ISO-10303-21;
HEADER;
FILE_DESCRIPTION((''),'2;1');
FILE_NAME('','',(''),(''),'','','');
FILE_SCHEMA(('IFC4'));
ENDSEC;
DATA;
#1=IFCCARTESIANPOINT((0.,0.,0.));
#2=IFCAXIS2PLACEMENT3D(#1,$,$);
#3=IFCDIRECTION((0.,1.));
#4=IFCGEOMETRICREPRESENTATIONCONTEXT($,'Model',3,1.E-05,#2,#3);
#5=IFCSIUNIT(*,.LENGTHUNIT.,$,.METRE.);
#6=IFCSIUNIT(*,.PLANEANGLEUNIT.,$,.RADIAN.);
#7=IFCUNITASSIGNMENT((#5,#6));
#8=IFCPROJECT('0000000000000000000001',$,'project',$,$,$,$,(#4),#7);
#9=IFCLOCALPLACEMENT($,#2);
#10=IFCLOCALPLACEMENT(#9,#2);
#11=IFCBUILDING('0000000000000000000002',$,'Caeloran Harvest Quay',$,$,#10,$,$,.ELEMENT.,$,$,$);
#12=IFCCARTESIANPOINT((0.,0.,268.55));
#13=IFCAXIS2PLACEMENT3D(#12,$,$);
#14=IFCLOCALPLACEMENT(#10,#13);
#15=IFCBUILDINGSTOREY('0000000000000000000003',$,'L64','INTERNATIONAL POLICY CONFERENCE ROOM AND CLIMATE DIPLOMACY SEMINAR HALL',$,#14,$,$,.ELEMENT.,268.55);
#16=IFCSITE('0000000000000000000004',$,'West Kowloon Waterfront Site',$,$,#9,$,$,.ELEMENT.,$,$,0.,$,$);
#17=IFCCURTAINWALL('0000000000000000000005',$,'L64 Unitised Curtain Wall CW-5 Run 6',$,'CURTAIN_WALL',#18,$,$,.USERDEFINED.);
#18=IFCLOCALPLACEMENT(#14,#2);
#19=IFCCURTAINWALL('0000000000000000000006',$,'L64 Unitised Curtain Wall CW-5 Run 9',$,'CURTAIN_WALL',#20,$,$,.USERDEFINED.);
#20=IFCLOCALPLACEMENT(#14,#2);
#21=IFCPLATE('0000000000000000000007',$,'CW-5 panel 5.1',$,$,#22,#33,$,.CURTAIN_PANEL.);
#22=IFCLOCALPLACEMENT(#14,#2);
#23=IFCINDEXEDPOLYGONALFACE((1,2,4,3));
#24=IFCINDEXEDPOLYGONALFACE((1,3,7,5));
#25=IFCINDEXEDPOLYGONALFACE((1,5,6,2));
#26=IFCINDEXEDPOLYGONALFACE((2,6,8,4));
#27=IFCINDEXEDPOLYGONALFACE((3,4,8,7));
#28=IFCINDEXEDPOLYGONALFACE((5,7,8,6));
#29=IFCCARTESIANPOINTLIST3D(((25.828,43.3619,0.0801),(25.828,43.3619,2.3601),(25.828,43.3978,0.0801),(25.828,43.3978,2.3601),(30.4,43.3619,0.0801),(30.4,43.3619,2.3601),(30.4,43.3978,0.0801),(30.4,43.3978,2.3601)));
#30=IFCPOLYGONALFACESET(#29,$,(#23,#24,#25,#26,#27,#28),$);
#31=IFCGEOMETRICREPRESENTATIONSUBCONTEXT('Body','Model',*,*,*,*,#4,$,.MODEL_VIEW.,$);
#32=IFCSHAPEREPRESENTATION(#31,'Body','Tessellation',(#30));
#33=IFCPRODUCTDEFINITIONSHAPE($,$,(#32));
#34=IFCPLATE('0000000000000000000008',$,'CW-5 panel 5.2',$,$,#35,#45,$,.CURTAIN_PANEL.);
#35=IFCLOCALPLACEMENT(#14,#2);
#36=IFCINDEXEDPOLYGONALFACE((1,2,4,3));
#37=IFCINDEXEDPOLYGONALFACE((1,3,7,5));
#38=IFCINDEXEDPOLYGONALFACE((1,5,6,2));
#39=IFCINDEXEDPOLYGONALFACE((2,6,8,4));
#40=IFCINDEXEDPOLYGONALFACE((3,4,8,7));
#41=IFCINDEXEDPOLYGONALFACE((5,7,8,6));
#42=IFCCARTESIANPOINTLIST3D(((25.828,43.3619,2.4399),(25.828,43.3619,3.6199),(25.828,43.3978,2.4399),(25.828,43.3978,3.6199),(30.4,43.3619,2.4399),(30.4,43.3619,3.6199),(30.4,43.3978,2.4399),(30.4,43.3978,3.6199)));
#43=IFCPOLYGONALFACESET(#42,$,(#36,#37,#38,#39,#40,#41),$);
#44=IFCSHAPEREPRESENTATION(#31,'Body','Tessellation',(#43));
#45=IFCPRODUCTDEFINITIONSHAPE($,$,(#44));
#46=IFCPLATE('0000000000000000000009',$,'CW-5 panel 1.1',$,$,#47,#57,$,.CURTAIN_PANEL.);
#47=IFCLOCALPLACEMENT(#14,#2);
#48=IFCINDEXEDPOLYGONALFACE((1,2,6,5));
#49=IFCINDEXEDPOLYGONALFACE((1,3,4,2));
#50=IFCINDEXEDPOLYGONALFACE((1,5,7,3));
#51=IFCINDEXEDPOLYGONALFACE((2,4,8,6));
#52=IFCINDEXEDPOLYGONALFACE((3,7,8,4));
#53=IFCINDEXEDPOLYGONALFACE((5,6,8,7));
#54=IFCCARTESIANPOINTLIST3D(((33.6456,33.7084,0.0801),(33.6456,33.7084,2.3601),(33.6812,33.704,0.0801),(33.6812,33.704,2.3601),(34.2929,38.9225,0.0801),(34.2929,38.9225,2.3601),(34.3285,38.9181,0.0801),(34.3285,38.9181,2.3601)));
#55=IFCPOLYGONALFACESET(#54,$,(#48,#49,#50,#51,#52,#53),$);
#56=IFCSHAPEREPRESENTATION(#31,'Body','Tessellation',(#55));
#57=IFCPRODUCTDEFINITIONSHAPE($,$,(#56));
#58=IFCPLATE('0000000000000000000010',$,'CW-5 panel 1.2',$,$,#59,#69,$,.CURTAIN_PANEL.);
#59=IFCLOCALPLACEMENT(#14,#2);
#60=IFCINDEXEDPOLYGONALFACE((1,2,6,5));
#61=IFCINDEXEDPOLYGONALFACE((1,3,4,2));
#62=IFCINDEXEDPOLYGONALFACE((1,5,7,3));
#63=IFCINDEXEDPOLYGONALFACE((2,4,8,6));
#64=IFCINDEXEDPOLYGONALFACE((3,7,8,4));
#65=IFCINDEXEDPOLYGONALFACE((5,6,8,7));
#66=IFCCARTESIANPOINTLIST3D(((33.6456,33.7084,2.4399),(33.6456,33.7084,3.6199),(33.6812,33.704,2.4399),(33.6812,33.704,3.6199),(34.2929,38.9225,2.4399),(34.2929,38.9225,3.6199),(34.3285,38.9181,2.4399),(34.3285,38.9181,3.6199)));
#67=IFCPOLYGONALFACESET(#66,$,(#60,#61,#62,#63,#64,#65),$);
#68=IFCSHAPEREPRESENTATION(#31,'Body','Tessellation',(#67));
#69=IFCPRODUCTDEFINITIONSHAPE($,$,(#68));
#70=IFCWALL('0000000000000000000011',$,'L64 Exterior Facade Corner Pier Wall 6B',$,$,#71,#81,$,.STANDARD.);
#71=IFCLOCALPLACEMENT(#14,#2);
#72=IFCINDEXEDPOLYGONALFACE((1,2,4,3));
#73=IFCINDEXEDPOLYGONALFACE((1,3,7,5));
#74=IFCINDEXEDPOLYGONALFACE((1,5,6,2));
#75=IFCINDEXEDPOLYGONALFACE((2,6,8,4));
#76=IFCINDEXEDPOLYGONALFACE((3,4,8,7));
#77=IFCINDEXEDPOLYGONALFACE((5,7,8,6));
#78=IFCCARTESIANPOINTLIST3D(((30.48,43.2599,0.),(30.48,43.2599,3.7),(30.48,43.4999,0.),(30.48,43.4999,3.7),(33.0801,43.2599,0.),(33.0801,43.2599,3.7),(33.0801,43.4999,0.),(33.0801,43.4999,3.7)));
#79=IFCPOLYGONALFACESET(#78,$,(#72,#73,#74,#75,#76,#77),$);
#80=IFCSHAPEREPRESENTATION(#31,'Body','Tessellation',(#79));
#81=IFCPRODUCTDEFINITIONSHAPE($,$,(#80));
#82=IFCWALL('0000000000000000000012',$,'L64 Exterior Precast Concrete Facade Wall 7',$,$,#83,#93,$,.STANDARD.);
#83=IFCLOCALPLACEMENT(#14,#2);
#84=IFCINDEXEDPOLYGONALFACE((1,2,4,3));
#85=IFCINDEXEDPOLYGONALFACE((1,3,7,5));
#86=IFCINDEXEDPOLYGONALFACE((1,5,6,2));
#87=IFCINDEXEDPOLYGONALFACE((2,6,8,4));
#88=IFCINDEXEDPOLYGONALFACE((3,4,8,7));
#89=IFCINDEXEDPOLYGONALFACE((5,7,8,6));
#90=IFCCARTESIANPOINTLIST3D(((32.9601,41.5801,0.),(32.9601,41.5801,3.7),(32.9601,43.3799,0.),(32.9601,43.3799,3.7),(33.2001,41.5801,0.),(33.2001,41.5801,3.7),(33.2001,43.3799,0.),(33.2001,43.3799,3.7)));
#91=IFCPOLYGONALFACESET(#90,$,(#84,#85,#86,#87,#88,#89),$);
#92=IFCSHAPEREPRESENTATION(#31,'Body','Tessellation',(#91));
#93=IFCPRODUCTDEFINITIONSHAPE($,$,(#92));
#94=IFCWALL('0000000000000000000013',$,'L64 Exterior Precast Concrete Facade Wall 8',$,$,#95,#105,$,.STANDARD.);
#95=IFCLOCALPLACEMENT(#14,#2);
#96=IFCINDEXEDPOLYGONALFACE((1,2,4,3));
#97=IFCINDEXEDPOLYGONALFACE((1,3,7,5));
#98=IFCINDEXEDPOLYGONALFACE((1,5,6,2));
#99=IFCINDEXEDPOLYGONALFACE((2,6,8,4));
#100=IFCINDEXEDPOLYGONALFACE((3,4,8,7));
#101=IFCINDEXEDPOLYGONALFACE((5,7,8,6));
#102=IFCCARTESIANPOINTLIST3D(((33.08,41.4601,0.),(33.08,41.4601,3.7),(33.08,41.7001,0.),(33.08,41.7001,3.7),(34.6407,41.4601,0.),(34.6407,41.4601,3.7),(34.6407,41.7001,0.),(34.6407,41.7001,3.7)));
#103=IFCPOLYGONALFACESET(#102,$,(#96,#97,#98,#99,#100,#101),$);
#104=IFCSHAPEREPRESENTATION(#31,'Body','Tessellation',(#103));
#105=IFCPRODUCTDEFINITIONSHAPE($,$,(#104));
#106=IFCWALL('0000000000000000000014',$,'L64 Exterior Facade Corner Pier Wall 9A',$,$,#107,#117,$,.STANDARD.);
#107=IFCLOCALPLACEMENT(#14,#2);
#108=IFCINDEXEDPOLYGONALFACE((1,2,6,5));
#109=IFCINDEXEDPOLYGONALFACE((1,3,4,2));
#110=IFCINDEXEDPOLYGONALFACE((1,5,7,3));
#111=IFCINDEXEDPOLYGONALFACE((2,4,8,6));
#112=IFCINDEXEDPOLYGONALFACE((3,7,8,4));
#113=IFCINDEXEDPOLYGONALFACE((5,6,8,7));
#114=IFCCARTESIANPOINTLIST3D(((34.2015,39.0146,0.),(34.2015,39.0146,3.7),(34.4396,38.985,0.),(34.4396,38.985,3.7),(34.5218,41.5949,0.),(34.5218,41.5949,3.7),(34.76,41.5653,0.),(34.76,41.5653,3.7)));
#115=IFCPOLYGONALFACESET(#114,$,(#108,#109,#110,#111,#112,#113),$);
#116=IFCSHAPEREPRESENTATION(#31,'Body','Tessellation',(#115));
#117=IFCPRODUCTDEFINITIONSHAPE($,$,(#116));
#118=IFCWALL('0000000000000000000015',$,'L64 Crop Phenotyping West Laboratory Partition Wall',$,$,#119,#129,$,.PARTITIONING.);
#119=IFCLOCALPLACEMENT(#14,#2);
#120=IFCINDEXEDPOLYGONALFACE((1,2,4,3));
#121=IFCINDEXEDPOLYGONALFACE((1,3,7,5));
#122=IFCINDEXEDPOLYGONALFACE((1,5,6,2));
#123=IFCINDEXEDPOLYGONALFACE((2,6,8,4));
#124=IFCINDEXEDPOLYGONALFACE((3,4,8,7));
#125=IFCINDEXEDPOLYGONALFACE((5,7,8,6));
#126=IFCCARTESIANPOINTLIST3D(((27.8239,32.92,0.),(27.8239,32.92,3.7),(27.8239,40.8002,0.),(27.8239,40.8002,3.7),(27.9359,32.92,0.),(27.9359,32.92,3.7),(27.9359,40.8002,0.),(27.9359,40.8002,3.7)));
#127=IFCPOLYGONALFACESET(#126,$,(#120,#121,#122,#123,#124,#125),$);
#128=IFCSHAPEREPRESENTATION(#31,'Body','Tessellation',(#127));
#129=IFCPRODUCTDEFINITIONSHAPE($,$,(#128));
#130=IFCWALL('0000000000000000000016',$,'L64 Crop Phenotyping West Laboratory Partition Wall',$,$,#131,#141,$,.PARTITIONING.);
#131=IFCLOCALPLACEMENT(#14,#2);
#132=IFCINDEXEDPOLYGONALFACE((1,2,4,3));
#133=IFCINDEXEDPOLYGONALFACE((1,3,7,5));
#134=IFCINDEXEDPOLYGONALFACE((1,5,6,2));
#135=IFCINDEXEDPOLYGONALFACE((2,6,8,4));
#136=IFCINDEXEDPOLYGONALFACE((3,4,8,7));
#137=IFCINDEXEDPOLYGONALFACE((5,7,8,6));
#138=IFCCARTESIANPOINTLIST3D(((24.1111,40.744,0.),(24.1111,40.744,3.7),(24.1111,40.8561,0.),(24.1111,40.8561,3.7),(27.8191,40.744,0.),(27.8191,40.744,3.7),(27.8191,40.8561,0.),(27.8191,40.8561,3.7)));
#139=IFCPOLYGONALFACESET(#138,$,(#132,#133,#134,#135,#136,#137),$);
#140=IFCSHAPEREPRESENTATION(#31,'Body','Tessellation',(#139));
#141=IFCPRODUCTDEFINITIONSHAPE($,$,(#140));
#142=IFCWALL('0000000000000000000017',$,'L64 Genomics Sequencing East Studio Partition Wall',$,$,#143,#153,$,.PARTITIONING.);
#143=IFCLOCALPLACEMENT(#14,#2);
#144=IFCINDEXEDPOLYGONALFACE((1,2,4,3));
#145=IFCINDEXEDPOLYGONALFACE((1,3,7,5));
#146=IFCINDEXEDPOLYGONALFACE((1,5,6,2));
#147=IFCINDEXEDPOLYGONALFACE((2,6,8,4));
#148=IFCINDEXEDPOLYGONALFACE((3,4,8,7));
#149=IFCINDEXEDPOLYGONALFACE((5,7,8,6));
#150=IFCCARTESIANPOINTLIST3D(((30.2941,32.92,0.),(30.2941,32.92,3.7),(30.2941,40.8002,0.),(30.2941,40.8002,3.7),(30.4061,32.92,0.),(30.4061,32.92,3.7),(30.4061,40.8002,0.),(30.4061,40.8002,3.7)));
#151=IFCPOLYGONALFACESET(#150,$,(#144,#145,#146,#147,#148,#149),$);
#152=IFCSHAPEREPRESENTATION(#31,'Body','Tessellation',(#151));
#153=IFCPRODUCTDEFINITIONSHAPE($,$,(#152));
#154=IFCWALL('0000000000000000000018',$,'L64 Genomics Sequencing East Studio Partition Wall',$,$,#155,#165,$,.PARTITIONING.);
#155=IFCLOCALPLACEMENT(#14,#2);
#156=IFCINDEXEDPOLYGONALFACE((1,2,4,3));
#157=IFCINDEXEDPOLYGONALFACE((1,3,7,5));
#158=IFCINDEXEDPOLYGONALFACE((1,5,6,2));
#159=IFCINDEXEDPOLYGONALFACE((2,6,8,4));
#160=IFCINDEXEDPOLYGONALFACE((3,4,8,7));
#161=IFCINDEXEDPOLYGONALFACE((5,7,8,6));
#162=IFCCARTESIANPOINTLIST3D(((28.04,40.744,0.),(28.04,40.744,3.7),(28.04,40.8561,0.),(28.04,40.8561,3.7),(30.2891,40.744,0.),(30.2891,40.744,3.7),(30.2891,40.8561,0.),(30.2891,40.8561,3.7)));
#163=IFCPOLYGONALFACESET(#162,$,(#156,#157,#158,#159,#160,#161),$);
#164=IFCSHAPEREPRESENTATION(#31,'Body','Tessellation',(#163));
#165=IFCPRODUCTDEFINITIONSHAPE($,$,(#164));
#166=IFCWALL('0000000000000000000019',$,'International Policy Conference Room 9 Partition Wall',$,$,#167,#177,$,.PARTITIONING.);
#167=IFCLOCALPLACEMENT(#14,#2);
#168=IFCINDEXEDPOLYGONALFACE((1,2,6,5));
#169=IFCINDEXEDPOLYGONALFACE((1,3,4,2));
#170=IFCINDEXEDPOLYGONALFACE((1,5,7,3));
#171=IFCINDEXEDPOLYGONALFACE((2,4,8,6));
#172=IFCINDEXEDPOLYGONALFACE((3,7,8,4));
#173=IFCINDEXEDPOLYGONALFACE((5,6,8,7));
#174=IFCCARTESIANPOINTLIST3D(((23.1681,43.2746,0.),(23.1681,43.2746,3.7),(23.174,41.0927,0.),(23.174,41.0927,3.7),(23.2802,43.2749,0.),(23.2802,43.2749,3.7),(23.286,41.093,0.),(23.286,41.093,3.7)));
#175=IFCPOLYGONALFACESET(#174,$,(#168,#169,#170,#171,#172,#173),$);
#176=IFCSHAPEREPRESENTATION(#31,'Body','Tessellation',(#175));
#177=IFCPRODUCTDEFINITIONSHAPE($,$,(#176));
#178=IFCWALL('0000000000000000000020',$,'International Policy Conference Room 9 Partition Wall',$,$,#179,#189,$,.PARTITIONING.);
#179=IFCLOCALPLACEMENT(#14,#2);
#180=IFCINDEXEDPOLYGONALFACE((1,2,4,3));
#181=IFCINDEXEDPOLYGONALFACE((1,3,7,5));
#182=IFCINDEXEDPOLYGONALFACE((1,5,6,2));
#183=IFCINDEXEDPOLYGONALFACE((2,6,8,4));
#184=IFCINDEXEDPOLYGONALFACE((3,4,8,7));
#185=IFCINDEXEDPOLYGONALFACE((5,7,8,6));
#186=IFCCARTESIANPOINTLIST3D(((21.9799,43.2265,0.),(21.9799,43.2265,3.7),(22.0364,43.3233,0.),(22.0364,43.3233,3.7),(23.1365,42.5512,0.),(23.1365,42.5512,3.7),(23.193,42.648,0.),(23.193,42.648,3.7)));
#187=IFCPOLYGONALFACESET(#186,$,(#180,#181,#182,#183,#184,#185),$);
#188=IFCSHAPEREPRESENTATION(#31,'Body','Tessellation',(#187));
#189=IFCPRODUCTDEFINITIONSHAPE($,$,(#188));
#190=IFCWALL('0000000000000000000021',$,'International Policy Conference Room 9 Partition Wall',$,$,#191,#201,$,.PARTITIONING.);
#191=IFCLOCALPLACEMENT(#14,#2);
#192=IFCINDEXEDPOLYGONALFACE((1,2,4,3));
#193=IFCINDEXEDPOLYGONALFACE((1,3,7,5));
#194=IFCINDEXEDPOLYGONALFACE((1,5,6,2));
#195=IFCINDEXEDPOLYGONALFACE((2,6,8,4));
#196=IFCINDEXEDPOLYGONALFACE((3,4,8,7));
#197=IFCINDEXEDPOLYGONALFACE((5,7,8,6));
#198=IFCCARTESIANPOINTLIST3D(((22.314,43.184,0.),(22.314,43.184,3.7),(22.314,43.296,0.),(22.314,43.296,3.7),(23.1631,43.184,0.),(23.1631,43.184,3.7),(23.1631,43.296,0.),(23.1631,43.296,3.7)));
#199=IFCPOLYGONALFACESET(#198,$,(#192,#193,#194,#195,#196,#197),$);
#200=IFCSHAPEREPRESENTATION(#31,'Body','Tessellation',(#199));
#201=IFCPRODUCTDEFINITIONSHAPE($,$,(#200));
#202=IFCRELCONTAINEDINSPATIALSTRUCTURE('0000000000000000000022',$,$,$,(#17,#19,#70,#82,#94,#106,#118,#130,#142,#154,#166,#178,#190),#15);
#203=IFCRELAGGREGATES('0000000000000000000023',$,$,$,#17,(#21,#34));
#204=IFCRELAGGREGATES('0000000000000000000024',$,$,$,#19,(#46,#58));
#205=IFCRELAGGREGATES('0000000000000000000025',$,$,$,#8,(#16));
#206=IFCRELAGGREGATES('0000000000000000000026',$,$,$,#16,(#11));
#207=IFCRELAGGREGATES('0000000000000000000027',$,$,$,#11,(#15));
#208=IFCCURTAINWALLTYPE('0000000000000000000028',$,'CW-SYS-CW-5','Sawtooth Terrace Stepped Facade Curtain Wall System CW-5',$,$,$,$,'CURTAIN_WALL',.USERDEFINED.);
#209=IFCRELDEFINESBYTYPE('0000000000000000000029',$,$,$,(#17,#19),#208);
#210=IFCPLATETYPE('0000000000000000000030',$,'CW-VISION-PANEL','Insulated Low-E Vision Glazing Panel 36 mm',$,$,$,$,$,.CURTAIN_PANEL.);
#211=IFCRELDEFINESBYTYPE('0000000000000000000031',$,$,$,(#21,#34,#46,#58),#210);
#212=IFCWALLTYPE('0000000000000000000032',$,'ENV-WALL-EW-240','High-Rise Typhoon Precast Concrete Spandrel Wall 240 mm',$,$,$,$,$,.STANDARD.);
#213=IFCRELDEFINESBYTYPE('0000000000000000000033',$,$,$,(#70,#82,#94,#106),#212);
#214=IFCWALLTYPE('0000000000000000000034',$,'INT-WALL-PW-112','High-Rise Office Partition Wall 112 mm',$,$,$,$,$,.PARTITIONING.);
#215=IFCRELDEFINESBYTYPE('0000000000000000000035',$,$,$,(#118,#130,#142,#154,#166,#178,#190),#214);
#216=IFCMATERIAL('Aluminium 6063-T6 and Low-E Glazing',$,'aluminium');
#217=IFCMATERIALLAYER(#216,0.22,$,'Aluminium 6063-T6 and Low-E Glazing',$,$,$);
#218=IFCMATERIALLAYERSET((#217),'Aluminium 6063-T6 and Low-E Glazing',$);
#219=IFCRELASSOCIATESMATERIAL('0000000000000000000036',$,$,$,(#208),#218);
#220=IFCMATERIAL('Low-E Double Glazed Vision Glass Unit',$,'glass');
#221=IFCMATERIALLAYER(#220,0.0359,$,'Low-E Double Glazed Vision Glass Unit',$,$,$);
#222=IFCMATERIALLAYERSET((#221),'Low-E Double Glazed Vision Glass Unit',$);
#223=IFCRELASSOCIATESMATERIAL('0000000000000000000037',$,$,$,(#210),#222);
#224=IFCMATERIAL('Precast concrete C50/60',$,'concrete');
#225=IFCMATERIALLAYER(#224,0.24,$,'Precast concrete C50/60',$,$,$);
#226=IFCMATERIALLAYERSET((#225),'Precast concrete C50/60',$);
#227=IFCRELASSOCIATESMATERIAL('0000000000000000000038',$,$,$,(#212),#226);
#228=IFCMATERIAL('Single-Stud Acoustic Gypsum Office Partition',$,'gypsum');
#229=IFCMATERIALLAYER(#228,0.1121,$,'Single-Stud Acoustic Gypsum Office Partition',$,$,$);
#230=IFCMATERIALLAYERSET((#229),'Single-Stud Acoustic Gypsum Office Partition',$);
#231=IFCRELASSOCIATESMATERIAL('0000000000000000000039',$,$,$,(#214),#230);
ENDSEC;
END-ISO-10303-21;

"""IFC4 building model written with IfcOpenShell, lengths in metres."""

from ifc_helpers import new_model, si_unit, direction, frame, frame_2d, origin, origin_2d, place, context, subcontext, project, spatial, rectangle, extrude, material, layer, layer_set, type_object, element, aggregate, save


model = new_model("IFC4")

# Units and contexts
model_context = context("Model", 3, precision=1e-05, world=origin(), true_north=direction((0.0, 1.0)))
body_context = subcontext(model_context, "Body", "Model", "MODEL_VIEW")
ifc_project = project(units=[si_unit("LENGTHUNIT", "METRE"), si_unit("PLANEANGLEUNIT", "RADIAN")], contexts=[model_context])

# Site, building, storey
site_placement = place(None, origin())
site = spatial("IfcSite", under=ifc_project, at=site_placement, Name="West Kowloon Waterfront Site", CompositionType="ELEMENT", RefElevation=0.0)
building_placement = place(site_placement, origin())
building = spatial("IfcBuilding", under=site, at=building_placement, Name="Caeloran Harvest Quay", CompositionType="ELEMENT")
storey_placement = place(building_placement, frame((0.0, 0.0, 268.55)))
storey = spatial("IfcBuildingStorey", under=building, at=storey_placement, Name="L64", Description="INTERNATIONAL POLICY CONFERENCE ROOM AND CLIMATE DIPLOMACY SEMINAR HALL", CompositionType="ELEMENT", Elevation=268.55)

# Curtain wall
ifc_material_1 = material(Name="Aluminium 6063-T6 and Low-E Glazing", Category="aluminium")
ifc_layer_1 = layer(ifc_material_1, 0.22, Name="Aluminium 6063-T6 and Low-E Glazing")
ifc_layer_set_1 = layer_set([ifc_layer_1], Name="Aluminium 6063-T6 and Low-E Glazing")
curtain_wall_type = type_object("IfcCurtainWallType", Name="CW-SYS-CW-5", Description="Sawtooth Terrace Stepped Facade Curtain Wall System CW-5", ElementType="CURTAIN_WALL", PredefinedType="USERDEFINED", material=ifc_layer_set_1)
curtain_wall_1_placement = place(storey_placement, origin())
curtain_wall_1 = element("IfcCurtainWall", 1, at=curtain_wall_1_placement, inside=storey, type_object=curtain_wall_type, Name="L64 Unitised Curtain Wall CW-5 Run 6", ObjectType="CURTAIN_WALL", PredefinedType="USERDEFINED")

# Curtain wall
curtain_wall_2_placement = place(storey_placement, origin())
curtain_wall_2 = element("IfcCurtainWall", 2, at=curtain_wall_2_placement, inside=storey, type_object=curtain_wall_type, Name="L64 Unitised Curtain Wall CW-5 Run 9", ObjectType="CURTAIN_WALL", PredefinedType="USERDEFINED")

# Plates
ifc_material_2 = material(Name="Low-E Double Glazed Vision Glass Unit", Category="glass")
ifc_layer_2 = layer(ifc_material_2, 0.0359, Name="Low-E Double Glazed Vision Glass Unit")
ifc_layer_set_2 = layer_set([ifc_layer_2], Name="Low-E Double Glazed Vision Glass Unit")
plate_type = type_object("IfcPlateType", Name="CW-VISION-PANEL", Description="Insulated Low-E Vision Glazing Panel 36 mm", PredefinedType="CURTAIN_PANEL", material=ifc_layer_set_2)
plate_1_placement = place(storey_placement, frame((28.114, 43.3799, 0.0801), z_axis=(0.0, 0.0, 1.0), x_axis=(1.0, 0.0, 0.0)))
plate_1 = element("IfcPlate", 3, at=plate_1_placement, type_object=plate_type, Name="CW-5 panel 5.1", PredefinedType="CURTAIN_PANEL", context=body_context, shape_type="SweptSolid", body=[
    extrude(rectangle(XDim=4.572, YDim=0.0359, at=origin_2d()), origin(), (0.0, 0.0, 1.0), 2.28),
])
plate_2_placement = place(storey_placement, frame((28.114, 43.3799, 2.4399), z_axis=(0.0, 0.0, 1.0), x_axis=(1.0, 0.0, 0.0)))
plate_2 = element("IfcPlate", 4, at=plate_2_placement, type_object=plate_type, Name="CW-5 panel 5.2", PredefinedType="CURTAIN_PANEL", context=body_context, shape_type="SweptSolid", body=[
    extrude(rectangle(XDim=4.572, YDim=0.0359, at=origin_2d()), origin(), (0.0, 0.0, 1.0), 1.1799),
])
aggregate(curtain_wall_1, [plate_1, plate_2])
plate_3_placement = place(storey_placement, frame((33.9871, 36.3132, 0.0801), z_axis=(0.0, 0.0, 1.0), x_axis=(-0.12319, -0.992383, 0.0)))
plate_3 = element("IfcPlate", 5, at=plate_3_placement, type_object=plate_type, Name="CW-5 panel 1.1", PredefinedType="CURTAIN_PANEL", context=body_context, shape_type="SweptSolid", body=[
    extrude(rectangle(XDim=5.2542, YDim=0.0359, at=origin_2d()), origin(), (0.0, 0.0, 1.0), 2.28),
])
plate_4_placement = place(storey_placement, frame((33.9871, 36.3132, 2.4399), z_axis=(0.0, 0.0, 1.0), x_axis=(-0.12319, -0.992383, 0.0)))
plate_4 = element("IfcPlate", 6, at=plate_4_placement, type_object=plate_type, Name="CW-5 panel 1.2", PredefinedType="CURTAIN_PANEL", context=body_context, shape_type="SweptSolid", body=[
    extrude(rectangle(XDim=5.2542, YDim=0.0359, at=origin_2d()), origin(), (0.0, 0.0, 1.0), 1.1799),
])
aggregate(curtain_wall_2, [plate_3, plate_4])

# Walls
ifc_material_3 = material(Name="Precast concrete C50/60", Category="concrete")
ifc_layer_3 = layer(ifc_material_3, 0.24, Name="Precast concrete C50/60")
ifc_layer_set_3 = layer_set([ifc_layer_3], Name="Precast concrete C50/60")
wall_type_1 = type_object("IfcWallType", Name="ENV-WALL-EW-240", Description="High-Rise Typhoon Precast Concrete Spandrel Wall 240 mm", PredefinedType="STANDARD", material=ifc_layer_set_3)
wall_1_placement = place(storey_placement, frame((30.48, 43.3799, 0.0), z_axis=(0.0, 0.0, 1.0), x_axis=(1.0, 0.0, 0.0)))
element("IfcWall", 7, at=wall_1_placement, inside=storey, type_object=wall_type_1, Name="L64 Exterior Facade Corner Pier Wall 6B", PredefinedType="STANDARD", context=body_context, shape_type="SweptSolid", body=[
    extrude(rectangle(XDim=2.6001, YDim=0.24, at=frame_2d((1.3, 0.0))), origin(), (0.0, 0.0, 1.0), 3.7),
])
wall_2_placement = place(storey_placement, frame((33.0801, 43.3799, 0.0), z_axis=(0.0, 0.0, 1.0), x_axis=(0.0, -1.0, 0.0)))
element("IfcWall", 8, at=wall_2_placement, inside=storey, type_object=wall_type_1, Name="L64 Exterior Precast Concrete Facade Wall 7", PredefinedType="STANDARD", context=body_context, shape_type="SweptSolid", body=[
    extrude(rectangle(XDim=1.7998, YDim=0.24, at=frame_2d((0.8999, 0.0))), origin(), (0.0, 0.0, 1.0), 3.7),
])
wall_3_placement = place(storey_placement, frame((33.0801, 41.5801, 0.0), z_axis=(0.0, 0.0, 1.0), x_axis=(1.0, 0.0, 0.0)))
element("IfcWall", 9, at=wall_3_placement, inside=storey, type_object=wall_type_1, Name="L64 Exterior Precast Concrete Facade Wall 8", PredefinedType="STANDARD", context=body_context, shape_type="SweptSolid", body=[
    extrude(rectangle(XDim=1.5608, YDim=0.24, at=frame_2d((0.7803, 0.0))), origin(), (0.0, 0.0, 1.0), 3.7),
])
wall_4_placement = place(storey_placement, frame((34.6409, 41.5801, 0.0), z_axis=(0.0, 0.0, 1.0), x_axis=(-0.123191, -0.992383, 0.0)))
element("IfcWall", 10, at=wall_4_placement, inside=storey, type_object=wall_type_1, Name="L64 Exterior Facade Corner Pier Wall 9A", PredefinedType="STANDARD", context=body_context, shape_type="SweptSolid", body=[
    extrude(rectangle(XDim=2.6001, YDim=0.24, at=frame_2d((1.3, 0.0))), origin(), (0.0, 0.0, 1.0), 3.7),
])
ifc_material_4 = material(Name="Single-Stud Acoustic Gypsum Office Partition", Category="gypsum")
ifc_layer_4 = layer(ifc_material_4, 0.1121, Name="Single-Stud Acoustic Gypsum Office Partition")
ifc_layer_set_4 = layer_set([ifc_layer_4], Name="Single-Stud Acoustic Gypsum Office Partition")
wall_type_2 = type_object("IfcWallType", Name="INT-WALL-PW-112", Description="High-Rise Office Partition Wall 112 mm", PredefinedType="PARTITIONING", material=ifc_layer_set_4)
wall_5_placement = place(storey_placement, frame((27.8799, 40.8, 0.0), z_axis=(0.0, 0.0, 1.0), x_axis=(0.0, -1.0, 0.0)))
element("IfcWall", 11, at=wall_5_placement, inside=storey, type_object=wall_type_2, Name="L64 Crop Phenotyping West Laboratory Partition Wall", PredefinedType="PARTITIONING", context=body_context, shape_type="SweptSolid", body=[
    extrude(rectangle(XDim=7.8801, YDim=0.1121, at=frame_2d((3.9399, 0.0))), origin(), (0.0, 0.0, 1.0), 3.7),
])
wall_6_placement = place(storey_placement, frame((24.1111, 40.8, 0.0), z_axis=(0.0, 0.0, 1.0), x_axis=(1.0, 0.0, 0.0)))
element("IfcWall", 12, at=wall_6_placement, inside=storey, type_object=wall_type_2, Name="L64 Crop Phenotyping West Laboratory Partition Wall", PredefinedType="PARTITIONING", context=body_context, shape_type="SweptSolid", body=[
    extrude(rectangle(XDim=3.708, YDim=0.1121, at=frame_2d((1.854, 0.0))), origin(), (0.0, 0.0, 1.0), 3.7),
])
wall_7_placement = place(storey_placement, frame((30.3501, 40.8, 0.0), z_axis=(0.0, 0.0, 1.0), x_axis=(0.0, -1.0, 0.0)))
element("IfcWall", 13, at=wall_7_placement, inside=storey, type_object=wall_type_2, Name="L64 Genomics Sequencing East Studio Partition Wall", PredefinedType="PARTITIONING", context=body_context, shape_type="SweptSolid", body=[
    extrude(rectangle(XDim=7.8801, YDim=0.1121, at=frame_2d((3.9399, 0.0))), origin(), (0.0, 0.0, 1.0), 3.7),
])
wall_8_placement = place(storey_placement, frame((28.04, 40.8, 0.0), z_axis=(0.0, 0.0, 1.0), x_axis=(1.0, 0.0, 0.0)))
element("IfcWall", 14, at=wall_8_placement, inside=storey, type_object=wall_type_2, Name="L64 Genomics Sequencing East Studio Partition Wall", PredefinedType="PARTITIONING", context=body_context, shape_type="SweptSolid", body=[
    extrude(rectangle(XDim=2.249, YDim=0.1121, at=frame_2d((1.1245, 0.0))), origin(), (0.0, 0.0, 1.0), 3.7),
])
wall_9_placement = place(storey_placement, frame((23.23, 41.093, 0.0), z_axis=(0.0, 0.0, 1.0), x_axis=(-0.002685, 0.999996, 0.0)))
element("IfcWall", 15, at=wall_9_placement, inside=storey, type_object=wall_type_2, Name="International Policy Conference Room 9 Partition Wall", PredefinedType="PARTITIONING", context=body_context, shape_type="SweptSolid", body=[
    extrude(rectangle(XDim=2.1819, YDim=0.1121, at=frame_2d((1.0908, 0.0))), origin(), (0.0, 0.0, 1.0), 3.7),
])
wall_10_placement = place(storey_placement, frame((23.1648, 42.5996, 0.0), z_axis=(0.0, 0.0, 1.0), x_axis=(-0.863607, 0.504166, 0.0)))
element("IfcWall", 16, at=wall_10_placement, inside=storey, type_object=wall_type_2, Name="International Policy Conference Room 9 Partition Wall", PredefinedType="PARTITIONING", context=body_context, shape_type="SweptSolid", body=[
    extrude(rectangle(XDim=1.3394, YDim=0.1121, at=frame_2d((0.6697, 0.0))), origin(), (0.0, 0.0, 1.0), 3.7),
])
wall_11_placement = place(storey_placement, frame((22.314, 43.24, 0.0), z_axis=(0.0, 0.0, 1.0), x_axis=(1.0, 0.0, 0.0)))
element("IfcWall", 17, at=wall_11_placement, inside=storey, type_object=wall_type_2, Name="International Policy Conference Room 9 Partition Wall", PredefinedType="PARTITIONING", context=body_context, shape_type="SweptSolid", body=[
    extrude(rectangle(XDim=0.8491, YDim=0.1121, at=frame_2d((0.4246, 0.0))), origin(), (0.0, 0.0, 1.0), 3.7),
])

save(model, "model.ifc")
